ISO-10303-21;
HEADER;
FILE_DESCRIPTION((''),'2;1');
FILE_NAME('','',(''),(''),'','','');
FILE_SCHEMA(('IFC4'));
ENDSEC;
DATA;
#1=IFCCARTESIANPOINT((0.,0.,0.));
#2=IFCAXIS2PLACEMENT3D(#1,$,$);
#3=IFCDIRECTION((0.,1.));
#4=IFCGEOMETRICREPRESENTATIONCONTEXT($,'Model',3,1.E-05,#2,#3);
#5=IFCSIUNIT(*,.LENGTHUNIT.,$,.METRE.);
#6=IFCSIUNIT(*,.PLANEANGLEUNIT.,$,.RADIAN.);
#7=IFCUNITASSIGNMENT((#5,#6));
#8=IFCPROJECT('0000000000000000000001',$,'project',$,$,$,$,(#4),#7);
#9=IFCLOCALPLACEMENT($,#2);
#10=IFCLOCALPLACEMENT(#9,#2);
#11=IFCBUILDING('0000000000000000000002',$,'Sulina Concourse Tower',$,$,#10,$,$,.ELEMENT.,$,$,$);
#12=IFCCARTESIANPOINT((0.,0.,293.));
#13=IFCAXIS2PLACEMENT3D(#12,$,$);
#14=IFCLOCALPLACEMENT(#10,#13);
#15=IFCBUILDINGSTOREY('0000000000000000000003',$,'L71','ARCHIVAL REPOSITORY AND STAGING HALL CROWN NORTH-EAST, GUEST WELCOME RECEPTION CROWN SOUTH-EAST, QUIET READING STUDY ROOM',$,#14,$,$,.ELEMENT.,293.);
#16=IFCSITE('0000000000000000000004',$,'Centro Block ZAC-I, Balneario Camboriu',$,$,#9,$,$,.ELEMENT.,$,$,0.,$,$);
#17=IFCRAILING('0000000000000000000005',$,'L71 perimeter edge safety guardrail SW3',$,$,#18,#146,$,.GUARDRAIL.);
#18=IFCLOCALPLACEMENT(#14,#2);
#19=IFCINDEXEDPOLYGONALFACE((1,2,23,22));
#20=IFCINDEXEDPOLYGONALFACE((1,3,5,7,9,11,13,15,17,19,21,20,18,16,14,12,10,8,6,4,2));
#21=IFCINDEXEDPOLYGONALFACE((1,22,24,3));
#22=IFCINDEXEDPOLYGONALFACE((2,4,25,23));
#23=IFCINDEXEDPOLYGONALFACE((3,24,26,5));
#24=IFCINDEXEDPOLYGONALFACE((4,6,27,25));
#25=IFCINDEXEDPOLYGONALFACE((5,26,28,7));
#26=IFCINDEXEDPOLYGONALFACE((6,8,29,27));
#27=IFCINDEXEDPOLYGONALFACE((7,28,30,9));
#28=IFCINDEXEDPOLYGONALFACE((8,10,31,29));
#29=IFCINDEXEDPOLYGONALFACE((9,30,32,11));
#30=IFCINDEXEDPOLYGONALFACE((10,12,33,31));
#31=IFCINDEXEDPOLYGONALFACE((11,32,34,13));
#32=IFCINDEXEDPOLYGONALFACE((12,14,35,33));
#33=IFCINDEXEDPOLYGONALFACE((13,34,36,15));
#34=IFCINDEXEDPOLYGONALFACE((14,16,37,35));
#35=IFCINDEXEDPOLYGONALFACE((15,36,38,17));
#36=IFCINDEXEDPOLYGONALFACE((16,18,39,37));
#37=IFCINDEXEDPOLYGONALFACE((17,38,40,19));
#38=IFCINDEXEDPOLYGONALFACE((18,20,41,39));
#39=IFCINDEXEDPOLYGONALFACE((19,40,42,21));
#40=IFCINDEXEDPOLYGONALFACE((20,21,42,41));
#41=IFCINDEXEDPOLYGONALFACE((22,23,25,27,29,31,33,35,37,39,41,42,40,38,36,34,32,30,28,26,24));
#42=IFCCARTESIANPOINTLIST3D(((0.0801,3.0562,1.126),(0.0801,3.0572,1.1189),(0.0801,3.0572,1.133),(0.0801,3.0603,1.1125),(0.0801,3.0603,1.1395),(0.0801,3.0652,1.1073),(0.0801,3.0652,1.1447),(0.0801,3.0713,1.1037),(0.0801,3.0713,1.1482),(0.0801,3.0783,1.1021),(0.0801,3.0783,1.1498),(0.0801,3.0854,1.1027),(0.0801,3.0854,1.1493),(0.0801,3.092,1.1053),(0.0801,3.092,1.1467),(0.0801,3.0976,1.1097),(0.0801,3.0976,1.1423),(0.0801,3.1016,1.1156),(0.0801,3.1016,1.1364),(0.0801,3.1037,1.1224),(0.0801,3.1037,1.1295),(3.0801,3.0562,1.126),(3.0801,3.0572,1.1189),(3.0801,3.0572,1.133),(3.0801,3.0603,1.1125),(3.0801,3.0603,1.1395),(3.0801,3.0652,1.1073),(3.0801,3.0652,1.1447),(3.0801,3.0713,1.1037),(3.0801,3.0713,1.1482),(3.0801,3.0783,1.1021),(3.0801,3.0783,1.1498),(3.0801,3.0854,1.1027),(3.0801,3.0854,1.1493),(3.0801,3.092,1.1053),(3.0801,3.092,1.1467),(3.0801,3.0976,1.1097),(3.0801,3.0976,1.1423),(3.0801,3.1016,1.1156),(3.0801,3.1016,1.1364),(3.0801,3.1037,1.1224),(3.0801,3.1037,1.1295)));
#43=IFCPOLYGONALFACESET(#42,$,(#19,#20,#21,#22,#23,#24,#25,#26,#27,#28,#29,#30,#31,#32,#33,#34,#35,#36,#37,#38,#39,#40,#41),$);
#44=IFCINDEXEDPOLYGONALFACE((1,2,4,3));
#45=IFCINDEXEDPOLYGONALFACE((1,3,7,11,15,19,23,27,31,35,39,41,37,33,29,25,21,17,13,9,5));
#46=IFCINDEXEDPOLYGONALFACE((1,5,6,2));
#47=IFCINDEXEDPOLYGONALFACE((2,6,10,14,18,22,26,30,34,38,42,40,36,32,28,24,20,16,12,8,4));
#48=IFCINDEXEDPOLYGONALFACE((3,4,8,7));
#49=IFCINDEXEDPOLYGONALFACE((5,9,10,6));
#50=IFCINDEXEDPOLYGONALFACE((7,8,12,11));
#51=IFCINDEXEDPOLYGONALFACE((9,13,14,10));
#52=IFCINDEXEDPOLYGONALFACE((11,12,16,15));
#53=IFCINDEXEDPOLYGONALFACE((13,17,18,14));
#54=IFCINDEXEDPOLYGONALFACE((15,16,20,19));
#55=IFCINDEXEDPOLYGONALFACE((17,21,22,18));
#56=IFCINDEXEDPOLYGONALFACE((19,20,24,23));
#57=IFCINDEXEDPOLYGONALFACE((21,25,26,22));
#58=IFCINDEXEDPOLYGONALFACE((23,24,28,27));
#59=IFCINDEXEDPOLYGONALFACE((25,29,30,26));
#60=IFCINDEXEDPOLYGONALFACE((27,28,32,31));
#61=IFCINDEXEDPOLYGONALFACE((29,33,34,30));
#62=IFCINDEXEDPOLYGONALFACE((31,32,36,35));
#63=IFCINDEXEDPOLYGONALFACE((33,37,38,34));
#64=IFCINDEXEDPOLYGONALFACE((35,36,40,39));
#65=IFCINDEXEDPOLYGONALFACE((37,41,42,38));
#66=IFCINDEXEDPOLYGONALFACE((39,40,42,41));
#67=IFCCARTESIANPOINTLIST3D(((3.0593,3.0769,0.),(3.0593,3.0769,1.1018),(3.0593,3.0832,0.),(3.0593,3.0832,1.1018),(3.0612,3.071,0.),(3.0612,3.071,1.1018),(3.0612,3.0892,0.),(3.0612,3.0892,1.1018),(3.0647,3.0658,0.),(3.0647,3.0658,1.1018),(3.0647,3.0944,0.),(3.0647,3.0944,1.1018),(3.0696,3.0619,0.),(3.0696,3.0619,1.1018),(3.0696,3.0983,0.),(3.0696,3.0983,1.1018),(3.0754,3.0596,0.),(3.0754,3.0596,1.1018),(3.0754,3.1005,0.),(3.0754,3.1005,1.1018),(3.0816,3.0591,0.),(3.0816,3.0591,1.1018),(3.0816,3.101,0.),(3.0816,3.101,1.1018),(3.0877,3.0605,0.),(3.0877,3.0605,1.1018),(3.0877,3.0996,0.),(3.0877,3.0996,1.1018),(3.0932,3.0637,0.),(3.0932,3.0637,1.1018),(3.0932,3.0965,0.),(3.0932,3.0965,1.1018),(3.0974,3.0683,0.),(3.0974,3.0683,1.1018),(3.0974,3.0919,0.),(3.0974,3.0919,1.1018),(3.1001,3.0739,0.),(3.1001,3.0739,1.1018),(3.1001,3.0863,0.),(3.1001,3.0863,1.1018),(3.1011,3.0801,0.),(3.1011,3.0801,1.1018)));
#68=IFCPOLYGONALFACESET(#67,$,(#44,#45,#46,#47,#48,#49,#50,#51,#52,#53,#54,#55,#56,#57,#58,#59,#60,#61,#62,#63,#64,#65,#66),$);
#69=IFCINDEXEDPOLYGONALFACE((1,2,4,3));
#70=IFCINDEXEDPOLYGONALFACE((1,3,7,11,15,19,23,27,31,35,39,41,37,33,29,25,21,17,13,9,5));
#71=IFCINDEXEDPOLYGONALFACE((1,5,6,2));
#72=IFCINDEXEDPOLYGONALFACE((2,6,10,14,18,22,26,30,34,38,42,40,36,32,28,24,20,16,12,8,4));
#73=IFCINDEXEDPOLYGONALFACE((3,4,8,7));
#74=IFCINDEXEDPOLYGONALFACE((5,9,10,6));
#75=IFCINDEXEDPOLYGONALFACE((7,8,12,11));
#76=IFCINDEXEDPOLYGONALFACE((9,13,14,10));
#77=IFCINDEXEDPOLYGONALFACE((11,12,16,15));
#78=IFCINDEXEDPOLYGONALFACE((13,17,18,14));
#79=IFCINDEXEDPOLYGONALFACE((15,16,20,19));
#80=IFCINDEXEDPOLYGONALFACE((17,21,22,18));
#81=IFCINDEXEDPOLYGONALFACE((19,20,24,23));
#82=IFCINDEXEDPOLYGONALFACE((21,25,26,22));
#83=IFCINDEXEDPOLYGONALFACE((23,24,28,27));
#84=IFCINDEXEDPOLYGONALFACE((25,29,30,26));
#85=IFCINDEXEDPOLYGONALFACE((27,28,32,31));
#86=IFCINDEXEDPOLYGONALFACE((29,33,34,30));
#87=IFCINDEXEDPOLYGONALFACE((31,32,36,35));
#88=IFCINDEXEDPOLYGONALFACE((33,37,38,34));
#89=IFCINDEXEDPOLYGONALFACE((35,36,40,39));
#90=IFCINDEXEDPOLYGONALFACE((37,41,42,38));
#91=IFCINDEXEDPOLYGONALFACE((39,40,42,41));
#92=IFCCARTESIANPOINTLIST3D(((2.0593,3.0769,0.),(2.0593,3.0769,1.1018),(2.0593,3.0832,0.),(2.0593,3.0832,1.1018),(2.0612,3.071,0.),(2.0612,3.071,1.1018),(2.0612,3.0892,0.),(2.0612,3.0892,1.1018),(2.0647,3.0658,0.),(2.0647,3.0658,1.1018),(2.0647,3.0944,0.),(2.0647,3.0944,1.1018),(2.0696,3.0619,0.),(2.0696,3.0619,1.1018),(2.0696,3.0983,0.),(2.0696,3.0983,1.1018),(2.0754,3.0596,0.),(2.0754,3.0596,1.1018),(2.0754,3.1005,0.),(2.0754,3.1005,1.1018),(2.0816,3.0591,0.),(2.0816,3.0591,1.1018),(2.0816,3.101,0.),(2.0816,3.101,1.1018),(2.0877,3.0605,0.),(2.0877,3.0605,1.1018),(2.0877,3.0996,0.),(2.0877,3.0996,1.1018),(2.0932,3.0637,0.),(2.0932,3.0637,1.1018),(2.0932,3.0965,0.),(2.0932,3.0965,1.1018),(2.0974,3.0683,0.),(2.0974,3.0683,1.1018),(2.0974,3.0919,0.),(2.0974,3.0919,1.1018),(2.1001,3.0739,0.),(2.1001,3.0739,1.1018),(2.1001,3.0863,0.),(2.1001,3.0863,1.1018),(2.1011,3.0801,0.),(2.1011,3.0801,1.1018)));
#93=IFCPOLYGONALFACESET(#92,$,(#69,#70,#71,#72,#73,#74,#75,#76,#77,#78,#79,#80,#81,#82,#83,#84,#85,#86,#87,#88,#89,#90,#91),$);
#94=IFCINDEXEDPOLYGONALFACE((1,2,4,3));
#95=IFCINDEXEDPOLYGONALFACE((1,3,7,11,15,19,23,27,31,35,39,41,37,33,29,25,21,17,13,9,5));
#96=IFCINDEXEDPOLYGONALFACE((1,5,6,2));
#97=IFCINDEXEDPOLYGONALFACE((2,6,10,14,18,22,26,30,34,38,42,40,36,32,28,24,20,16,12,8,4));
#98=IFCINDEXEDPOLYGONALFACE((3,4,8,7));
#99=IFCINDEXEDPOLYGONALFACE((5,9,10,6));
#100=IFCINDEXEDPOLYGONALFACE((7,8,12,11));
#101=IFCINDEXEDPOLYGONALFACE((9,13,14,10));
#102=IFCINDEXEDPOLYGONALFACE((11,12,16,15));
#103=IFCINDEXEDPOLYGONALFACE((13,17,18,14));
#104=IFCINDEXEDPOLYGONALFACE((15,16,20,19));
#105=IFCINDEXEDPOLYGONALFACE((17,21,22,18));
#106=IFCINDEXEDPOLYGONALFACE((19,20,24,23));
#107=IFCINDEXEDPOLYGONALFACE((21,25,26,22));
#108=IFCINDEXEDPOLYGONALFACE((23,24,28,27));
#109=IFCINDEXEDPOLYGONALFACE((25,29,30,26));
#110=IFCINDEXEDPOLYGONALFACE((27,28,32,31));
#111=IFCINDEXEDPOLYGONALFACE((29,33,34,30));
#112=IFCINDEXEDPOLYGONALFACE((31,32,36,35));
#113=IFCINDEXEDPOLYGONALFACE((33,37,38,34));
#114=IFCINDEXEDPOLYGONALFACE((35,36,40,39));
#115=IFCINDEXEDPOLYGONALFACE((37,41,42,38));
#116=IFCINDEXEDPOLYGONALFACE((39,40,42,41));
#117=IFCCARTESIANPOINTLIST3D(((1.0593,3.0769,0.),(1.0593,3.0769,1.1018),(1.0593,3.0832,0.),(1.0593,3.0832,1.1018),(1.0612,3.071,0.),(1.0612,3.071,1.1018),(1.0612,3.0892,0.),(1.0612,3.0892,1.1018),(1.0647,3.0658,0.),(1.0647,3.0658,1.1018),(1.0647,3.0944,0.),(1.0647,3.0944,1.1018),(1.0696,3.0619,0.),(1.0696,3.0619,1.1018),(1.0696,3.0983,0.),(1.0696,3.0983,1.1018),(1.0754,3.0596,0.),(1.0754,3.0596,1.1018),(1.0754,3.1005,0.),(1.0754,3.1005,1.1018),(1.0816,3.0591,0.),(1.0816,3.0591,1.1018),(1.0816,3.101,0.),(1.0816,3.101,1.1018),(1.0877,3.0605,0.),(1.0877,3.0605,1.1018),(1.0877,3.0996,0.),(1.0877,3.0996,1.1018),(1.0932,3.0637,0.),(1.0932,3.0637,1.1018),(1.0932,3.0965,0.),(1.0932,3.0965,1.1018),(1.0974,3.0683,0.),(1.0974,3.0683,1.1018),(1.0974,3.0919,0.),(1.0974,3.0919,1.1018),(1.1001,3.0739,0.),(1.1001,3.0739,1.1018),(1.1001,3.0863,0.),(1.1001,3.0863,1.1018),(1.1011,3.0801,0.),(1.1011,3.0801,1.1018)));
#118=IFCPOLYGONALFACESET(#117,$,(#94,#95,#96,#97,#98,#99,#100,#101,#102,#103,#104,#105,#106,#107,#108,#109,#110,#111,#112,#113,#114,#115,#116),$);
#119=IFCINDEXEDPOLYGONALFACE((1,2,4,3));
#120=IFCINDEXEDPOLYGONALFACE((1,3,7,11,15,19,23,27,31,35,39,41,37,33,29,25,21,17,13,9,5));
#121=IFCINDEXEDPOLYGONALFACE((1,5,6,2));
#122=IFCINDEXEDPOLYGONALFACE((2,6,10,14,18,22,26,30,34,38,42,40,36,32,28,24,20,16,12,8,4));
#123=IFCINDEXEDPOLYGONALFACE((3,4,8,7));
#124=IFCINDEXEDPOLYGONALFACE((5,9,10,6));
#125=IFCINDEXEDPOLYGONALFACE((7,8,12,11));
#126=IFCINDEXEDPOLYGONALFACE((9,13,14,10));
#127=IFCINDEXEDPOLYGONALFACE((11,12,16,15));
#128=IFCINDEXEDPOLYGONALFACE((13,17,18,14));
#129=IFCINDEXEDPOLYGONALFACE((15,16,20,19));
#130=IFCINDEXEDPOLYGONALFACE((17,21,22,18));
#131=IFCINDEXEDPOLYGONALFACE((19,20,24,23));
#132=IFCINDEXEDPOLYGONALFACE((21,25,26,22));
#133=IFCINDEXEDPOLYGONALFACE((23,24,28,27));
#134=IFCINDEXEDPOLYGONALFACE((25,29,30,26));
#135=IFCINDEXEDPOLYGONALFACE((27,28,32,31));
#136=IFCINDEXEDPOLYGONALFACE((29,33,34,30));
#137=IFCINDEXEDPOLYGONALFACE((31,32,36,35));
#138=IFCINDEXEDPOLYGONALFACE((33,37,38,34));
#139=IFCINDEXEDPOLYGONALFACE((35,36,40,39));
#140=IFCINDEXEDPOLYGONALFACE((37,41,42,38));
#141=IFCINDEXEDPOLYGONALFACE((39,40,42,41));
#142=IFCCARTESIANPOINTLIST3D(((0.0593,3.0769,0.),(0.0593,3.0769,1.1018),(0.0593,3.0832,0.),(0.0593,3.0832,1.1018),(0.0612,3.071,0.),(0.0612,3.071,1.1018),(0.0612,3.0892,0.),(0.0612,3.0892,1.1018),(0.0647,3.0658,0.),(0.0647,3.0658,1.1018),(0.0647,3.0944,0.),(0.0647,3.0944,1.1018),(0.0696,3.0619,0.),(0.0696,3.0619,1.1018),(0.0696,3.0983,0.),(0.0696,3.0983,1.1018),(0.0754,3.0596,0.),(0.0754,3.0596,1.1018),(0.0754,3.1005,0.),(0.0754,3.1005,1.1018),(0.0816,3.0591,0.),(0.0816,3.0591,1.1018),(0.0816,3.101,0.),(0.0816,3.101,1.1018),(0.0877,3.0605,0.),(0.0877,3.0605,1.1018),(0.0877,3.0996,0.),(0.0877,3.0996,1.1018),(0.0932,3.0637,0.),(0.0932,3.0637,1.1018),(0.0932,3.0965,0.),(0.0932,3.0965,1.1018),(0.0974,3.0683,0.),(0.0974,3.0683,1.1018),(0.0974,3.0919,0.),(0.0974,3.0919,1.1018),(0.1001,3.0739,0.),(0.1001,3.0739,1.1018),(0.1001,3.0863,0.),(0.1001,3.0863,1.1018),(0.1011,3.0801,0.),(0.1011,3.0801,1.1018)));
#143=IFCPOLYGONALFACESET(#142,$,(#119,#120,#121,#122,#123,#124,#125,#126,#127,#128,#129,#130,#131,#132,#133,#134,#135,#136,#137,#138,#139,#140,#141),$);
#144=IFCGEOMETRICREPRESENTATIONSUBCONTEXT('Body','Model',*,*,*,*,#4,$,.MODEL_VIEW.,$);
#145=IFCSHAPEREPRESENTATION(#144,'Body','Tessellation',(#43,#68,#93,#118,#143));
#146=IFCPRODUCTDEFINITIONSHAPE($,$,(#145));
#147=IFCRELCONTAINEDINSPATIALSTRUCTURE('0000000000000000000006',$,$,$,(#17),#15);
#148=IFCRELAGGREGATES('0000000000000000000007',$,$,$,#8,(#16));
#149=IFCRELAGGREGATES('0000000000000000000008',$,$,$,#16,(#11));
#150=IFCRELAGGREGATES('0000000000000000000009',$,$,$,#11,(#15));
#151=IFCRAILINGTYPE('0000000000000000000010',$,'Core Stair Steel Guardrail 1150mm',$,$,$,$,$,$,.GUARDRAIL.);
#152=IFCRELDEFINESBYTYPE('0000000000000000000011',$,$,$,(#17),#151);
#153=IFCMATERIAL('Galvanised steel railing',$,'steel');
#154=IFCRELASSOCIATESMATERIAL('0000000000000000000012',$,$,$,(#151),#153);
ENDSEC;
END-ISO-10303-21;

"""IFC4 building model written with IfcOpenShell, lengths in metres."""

from ifc_helpers import new_model, si_unit, direction, frame, origin, origin_2d, place, context, subcontext, project, spatial, circle, extrude, material, type_object, element, save


model = new_model("IFC4")

# Units and contexts
model_context = context("Model", 3, precision=1e-05, world=origin(), true_north=direction((0.0, 1.0)))
body_context = subcontext(model_context, "Body", "Model", "MODEL_VIEW")
ifc_project = project(units=[si_unit("LENGTHUNIT", "METRE"), si_unit("PLANEANGLEUNIT", "RADIAN")], contexts=[model_context])

# Site, building, storey
site_placement = place(None, origin())
site = spatial("IfcSite", under=ifc_project, at=site_placement, Name="Centro Block ZAC-I, Balneario Camboriu", CompositionType="ELEMENT", RefElevation=0.0)
building_placement = place(site_placement, origin())
building = spatial("IfcBuilding", under=site, at=building_placement, Name="Sulina Concourse Tower", CompositionType="ELEMENT")
storey_placement = place(building_placement, frame((0.0, 0.0, 293.0)))
storey = spatial("IfcBuildingStorey", under=building, at=storey_placement, Name="L71", Description="ARCHIVAL REPOSITORY AND STAGING HALL CROWN NORTH-EAST, GUEST WELCOME RECEPTION CROWN SOUTH-EAST, QUIET READING STUDY ROOM", CompositionType="ELEMENT", Elevation=293.0)

# Railing
ifc_material_1 = material(Name="Galvanised steel railing", Category="steel")
railing_type = type_object("IfcRailingType", Name="Core Stair Steel Guardrail 1150mm", PredefinedType="GUARDRAIL", material=ifc_material_1)
railing_1_placement = place(storey_placement, frame((3.0801, 3.0801, 0.0)))
element("IfcRailing", 1, at=railing_1_placement, inside=storey, type_object=railing_type, Name="L71 perimeter edge safety guardrail SW3", PredefinedType="GUARDRAIL", context=body_context, shape_type="SweptSolid", body=[
    extrude(circle(Radius=0.0239, at=origin_2d()), frame((0.0, 0.0, 1.126), z_axis=(-1.0, 0.0, 0.0), x_axis=(0.0, -1.0, 0.0)), (0.0, 0.0, 1.0), 3.0),
    extrude(circle(Radius=0.021, at=origin_2d()), origin(), (0.0, 0.0, 1.0), 1.1018),
    extrude(circle(Radius=0.021, at=origin_2d()), frame((-1.0, 0.0, 0.0)), (0.0, 0.0, 1.0), 1.1018),
    extrude(circle(Radius=0.021, at=origin_2d()), frame((-2.0, 0.0, 0.0)), (0.0, 0.0, 1.0), 1.1018),
    extrude(circle(Radius=0.021, at=origin_2d()), frame((-3.0, 0.0, 0.0)), (0.0, 0.0, 1.0), 1.1018),
])

save(model, "model.ifc")
